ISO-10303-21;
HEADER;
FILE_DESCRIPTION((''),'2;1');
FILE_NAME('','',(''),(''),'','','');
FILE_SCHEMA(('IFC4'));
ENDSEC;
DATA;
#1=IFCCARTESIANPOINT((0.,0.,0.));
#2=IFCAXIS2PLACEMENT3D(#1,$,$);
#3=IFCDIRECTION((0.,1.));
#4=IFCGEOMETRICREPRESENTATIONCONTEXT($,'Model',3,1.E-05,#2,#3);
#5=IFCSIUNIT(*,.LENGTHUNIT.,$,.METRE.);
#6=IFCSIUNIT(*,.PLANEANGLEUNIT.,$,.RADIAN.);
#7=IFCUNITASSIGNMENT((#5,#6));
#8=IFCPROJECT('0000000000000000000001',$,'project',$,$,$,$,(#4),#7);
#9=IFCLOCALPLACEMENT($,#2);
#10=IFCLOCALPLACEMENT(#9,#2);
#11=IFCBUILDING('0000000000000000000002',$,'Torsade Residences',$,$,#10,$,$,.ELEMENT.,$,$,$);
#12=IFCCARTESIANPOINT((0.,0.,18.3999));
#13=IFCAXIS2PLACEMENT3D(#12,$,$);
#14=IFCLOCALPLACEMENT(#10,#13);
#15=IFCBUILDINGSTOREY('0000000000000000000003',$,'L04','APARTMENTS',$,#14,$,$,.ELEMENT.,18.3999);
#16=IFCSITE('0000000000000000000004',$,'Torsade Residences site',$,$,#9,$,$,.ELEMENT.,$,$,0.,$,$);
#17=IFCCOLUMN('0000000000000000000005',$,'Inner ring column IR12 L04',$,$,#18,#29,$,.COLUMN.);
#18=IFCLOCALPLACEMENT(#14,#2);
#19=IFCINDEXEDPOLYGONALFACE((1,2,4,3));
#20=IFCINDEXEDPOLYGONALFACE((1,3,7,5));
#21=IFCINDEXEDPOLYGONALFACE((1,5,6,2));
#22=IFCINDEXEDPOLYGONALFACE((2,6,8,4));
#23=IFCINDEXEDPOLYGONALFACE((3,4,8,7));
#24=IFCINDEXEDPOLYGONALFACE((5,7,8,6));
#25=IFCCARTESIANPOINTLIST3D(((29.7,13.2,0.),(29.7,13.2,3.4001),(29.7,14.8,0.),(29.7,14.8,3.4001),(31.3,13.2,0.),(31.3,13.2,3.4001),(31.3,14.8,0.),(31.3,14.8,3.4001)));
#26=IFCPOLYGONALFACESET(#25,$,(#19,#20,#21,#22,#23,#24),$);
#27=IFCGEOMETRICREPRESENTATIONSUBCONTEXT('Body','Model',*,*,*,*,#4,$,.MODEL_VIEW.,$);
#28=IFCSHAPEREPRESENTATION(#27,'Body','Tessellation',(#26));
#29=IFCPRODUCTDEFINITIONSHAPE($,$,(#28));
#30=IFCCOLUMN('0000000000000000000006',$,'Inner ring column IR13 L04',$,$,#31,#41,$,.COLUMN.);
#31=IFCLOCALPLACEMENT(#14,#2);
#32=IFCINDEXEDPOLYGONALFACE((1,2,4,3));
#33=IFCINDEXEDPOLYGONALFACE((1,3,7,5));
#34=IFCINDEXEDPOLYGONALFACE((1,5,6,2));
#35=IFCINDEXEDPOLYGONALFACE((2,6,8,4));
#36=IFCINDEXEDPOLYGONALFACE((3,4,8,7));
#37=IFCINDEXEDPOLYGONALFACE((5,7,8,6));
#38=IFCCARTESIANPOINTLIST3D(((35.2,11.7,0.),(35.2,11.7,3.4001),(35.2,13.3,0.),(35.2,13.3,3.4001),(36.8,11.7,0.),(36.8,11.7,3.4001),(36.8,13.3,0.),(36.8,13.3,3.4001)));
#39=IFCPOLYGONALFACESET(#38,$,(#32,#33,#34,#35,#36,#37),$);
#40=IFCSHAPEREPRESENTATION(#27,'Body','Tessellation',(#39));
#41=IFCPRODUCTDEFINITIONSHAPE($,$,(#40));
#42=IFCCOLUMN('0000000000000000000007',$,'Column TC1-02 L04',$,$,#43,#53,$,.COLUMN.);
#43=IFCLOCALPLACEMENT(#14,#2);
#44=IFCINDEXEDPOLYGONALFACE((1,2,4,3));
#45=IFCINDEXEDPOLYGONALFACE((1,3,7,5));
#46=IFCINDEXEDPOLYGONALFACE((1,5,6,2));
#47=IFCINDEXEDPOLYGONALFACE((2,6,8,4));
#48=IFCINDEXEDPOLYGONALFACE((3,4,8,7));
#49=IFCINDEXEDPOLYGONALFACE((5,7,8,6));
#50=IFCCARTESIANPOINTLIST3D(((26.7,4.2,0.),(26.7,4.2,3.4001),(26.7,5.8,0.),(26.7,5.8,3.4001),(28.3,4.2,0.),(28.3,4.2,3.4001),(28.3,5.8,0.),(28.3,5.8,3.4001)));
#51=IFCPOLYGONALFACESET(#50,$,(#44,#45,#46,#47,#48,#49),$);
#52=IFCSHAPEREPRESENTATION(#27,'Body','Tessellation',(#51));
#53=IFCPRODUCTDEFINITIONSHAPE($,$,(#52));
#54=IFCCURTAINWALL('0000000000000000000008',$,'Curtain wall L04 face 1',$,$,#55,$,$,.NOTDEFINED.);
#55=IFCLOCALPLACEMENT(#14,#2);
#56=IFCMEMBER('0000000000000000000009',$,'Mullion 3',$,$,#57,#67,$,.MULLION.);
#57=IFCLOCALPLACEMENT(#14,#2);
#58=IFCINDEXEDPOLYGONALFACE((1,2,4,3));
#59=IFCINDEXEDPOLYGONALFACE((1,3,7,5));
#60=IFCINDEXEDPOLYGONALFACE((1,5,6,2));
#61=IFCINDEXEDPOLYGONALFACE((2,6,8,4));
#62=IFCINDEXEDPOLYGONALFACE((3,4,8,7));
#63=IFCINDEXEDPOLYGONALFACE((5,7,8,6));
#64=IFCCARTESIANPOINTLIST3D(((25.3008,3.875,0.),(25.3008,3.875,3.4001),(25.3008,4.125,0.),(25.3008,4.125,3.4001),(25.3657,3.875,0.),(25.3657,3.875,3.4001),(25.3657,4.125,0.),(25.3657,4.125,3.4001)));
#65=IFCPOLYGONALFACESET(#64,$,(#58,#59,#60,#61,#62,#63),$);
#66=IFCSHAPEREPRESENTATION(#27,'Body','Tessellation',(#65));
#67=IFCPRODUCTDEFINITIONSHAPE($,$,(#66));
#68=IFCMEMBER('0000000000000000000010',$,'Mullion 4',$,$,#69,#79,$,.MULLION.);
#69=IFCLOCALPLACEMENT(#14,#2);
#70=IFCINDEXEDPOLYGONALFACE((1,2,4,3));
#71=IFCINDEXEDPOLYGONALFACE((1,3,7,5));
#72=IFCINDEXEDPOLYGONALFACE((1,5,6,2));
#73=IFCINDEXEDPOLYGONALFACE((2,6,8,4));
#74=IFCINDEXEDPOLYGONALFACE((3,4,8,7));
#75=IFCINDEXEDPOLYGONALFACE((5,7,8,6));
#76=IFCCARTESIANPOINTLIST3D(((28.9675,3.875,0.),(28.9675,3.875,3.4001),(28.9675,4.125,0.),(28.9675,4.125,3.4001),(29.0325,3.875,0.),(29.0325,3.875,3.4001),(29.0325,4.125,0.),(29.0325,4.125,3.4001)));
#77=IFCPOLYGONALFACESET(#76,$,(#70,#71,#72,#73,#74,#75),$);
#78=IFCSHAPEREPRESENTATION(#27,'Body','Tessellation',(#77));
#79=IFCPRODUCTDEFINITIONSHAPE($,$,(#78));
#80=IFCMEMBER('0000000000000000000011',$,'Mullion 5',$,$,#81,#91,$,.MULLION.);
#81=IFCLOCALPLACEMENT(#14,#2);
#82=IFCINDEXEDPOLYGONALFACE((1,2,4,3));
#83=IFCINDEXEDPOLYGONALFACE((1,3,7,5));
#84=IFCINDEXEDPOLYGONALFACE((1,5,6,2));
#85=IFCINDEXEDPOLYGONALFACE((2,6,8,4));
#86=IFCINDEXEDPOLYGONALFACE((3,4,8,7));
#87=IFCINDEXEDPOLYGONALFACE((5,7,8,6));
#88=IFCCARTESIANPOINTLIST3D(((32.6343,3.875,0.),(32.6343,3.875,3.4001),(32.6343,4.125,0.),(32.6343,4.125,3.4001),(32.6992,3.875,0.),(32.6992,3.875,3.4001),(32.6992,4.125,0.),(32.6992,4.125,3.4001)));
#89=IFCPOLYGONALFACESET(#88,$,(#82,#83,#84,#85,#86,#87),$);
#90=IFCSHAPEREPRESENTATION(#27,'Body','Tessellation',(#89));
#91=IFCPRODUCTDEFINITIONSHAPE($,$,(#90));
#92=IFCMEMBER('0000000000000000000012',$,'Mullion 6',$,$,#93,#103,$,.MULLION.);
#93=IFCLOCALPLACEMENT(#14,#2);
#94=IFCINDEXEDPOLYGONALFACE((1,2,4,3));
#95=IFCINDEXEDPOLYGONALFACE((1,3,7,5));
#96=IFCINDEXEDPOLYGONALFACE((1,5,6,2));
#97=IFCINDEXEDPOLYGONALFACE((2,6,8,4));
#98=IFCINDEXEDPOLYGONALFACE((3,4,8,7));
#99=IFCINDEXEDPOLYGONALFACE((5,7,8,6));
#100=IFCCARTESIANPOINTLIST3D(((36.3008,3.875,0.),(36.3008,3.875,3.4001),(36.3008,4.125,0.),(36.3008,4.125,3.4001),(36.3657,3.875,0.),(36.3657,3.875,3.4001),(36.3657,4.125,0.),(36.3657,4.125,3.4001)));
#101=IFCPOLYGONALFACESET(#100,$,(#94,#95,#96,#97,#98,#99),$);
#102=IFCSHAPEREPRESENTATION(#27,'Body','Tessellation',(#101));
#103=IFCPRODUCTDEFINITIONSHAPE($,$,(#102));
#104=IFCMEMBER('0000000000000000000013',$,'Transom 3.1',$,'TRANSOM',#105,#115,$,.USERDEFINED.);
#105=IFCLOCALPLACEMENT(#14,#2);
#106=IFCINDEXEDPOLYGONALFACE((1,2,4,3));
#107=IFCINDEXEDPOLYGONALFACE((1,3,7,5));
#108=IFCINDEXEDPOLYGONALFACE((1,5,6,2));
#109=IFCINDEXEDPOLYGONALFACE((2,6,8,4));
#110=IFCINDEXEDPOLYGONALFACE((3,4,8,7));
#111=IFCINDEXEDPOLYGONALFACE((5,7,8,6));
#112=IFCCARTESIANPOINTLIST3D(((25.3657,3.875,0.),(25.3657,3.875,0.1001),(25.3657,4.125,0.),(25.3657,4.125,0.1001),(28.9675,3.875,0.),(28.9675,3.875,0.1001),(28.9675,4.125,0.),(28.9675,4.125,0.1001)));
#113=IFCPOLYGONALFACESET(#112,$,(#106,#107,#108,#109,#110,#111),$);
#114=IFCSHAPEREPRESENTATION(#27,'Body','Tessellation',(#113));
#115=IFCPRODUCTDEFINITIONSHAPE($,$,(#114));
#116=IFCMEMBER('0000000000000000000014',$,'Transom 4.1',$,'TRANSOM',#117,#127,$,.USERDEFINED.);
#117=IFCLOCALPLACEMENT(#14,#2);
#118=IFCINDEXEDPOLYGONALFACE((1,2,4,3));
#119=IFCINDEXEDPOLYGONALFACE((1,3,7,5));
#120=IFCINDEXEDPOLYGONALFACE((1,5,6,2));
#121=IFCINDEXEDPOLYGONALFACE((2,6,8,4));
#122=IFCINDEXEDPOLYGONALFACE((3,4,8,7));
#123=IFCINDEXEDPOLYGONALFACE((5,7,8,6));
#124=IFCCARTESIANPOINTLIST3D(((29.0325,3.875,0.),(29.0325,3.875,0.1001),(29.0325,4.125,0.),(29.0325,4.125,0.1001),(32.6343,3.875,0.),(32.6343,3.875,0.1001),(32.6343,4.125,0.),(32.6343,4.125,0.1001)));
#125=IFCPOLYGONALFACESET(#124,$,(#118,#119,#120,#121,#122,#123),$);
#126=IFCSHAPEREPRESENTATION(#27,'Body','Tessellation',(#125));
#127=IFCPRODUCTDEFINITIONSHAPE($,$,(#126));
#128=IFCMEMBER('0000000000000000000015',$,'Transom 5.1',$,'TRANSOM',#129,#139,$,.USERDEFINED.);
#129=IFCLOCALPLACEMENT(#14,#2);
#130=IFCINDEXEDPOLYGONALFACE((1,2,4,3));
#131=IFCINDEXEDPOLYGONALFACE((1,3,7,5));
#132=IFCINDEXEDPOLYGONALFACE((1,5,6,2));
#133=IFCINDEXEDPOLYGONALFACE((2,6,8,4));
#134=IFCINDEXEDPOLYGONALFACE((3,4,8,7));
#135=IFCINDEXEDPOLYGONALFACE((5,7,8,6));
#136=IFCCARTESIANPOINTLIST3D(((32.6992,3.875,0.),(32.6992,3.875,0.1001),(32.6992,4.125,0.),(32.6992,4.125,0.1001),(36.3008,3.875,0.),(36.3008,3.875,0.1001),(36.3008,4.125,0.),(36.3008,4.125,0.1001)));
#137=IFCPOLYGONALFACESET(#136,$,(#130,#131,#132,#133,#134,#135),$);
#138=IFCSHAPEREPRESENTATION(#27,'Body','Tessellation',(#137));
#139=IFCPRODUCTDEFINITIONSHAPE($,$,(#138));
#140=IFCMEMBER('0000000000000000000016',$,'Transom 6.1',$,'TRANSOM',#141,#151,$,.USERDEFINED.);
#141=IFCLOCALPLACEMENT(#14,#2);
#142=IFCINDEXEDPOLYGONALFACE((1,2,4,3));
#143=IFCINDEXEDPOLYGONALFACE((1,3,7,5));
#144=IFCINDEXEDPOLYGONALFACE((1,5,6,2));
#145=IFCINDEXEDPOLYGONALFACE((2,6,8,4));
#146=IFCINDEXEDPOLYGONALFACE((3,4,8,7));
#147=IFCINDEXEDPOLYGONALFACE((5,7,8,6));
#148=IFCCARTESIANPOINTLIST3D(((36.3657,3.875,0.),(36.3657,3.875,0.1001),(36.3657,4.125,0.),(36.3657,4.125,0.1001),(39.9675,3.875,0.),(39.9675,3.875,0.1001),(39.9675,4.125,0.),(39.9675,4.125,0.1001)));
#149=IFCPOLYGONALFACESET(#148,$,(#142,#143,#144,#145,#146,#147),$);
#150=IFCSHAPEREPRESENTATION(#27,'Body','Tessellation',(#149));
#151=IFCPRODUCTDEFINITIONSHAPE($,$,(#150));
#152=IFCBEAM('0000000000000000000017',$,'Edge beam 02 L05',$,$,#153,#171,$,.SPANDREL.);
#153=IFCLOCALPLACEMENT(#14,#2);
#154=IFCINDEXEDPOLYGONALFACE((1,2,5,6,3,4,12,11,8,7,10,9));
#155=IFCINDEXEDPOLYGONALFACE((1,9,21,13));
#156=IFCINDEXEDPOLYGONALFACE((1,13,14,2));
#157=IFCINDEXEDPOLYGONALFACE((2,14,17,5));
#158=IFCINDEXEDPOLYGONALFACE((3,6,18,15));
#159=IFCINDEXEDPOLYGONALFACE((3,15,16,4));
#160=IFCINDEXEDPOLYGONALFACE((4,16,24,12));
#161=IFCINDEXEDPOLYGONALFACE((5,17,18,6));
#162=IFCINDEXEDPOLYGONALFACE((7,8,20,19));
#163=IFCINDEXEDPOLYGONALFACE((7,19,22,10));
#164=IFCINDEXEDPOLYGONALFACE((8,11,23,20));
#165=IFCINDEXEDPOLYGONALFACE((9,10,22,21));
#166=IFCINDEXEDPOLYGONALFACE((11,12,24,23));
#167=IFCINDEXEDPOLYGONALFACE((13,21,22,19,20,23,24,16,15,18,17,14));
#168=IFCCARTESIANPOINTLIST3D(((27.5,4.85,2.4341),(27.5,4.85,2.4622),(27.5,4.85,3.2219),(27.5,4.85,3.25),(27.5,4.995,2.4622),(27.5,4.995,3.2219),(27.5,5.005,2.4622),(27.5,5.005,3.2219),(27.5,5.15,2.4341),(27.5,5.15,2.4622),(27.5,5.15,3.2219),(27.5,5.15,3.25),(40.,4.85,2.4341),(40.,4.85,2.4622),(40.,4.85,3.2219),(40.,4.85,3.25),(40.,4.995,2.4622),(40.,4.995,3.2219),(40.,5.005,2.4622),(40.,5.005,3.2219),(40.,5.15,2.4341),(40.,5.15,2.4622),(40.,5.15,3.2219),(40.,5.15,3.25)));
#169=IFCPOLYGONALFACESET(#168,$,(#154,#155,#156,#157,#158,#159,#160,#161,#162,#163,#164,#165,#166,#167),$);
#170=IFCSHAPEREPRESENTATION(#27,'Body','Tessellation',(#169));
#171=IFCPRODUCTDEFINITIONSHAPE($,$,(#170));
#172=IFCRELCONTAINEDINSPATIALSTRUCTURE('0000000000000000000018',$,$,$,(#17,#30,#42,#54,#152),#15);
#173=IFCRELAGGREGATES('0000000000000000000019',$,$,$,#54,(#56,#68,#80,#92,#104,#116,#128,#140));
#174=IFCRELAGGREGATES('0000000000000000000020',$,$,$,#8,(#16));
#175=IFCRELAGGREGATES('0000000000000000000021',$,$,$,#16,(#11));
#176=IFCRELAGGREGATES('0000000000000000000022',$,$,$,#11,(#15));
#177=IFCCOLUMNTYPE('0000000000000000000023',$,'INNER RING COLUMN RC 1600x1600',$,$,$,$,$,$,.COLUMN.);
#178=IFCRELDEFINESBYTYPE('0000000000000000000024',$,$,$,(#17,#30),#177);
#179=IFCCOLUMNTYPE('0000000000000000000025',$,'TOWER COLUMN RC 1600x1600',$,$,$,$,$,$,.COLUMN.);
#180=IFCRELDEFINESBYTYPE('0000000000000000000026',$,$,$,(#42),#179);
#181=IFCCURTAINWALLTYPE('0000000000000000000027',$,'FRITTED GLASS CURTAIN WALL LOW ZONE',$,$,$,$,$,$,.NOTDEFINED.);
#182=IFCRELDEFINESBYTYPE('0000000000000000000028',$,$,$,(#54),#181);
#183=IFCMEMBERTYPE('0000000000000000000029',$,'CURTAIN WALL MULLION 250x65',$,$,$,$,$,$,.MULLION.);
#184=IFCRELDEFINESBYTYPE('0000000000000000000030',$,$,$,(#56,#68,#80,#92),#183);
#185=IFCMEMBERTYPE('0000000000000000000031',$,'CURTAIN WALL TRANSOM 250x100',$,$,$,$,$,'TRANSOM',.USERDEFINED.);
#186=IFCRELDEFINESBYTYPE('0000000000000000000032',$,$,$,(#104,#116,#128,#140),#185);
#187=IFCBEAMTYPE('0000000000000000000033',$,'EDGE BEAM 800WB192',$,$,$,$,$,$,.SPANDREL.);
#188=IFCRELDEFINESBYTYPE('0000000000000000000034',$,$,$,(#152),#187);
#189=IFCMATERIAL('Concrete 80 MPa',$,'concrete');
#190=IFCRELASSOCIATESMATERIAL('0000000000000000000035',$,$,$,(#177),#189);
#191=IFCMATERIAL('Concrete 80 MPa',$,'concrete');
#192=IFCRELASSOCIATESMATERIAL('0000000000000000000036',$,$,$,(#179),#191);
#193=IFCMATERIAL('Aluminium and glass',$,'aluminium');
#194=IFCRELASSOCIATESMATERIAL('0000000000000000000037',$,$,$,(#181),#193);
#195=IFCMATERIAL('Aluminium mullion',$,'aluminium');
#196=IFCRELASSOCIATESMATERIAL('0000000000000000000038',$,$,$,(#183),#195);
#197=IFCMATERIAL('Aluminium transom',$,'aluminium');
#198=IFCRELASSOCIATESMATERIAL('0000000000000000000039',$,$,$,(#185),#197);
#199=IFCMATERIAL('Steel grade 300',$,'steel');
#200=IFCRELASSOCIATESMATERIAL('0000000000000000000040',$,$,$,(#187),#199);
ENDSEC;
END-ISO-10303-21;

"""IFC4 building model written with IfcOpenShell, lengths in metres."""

from ifc_helpers import new_model, si_unit, direction, frame, origin, origin_2d, place, context, subcontext, project, spatial, rectangle, i_section, extrude, material, material_profile, profile_set, type_object, element, aggregate, save


model = new_model("IFC4")

# Units and contexts
model_context = context("Model", 3, precision=1e-05, world=origin(), true_north=direction((0.0, 1.0)))
body_context = subcontext(model_context, "Body", "Model", "MODEL_VIEW")
ifc_project = project(units=[si_unit("LENGTHUNIT", "METRE"), si_unit("PLANEANGLEUNIT", "RADIAN")], contexts=[model_context])

# Site, building, storey
site_placement = place(None, origin())
site = spatial("IfcSite", under=ifc_project, at=site_placement, Name="Torsade Residences site", CompositionType="ELEMENT", RefElevation=0.0)
building_placement = place(site_placement, origin())
building = spatial("IfcBuilding", under=site, at=building_placement, Name="Torsade Residences", CompositionType="ELEMENT")
storey_placement = place(building_placement, frame((0.0, 0.0, 18.3999)))
storey = spatial("IfcBuildingStorey", under=building, at=storey_placement, Name="L04", Description="APARTMENTS", CompositionType="ELEMENT", Elevation=18.3999)

# Columns
ifc_material_1 = material(Name="Concrete 80 MPa", Category="concrete")
ifc_material_profile_1 = material_profile(ifc_material_1, rectangle(XDim=1.6001, YDim=1.6001, at=origin_2d()), Name="RC 1600x1600")
ifc_profile_set_1 = profile_set([ifc_material_profile_1], Name="Concrete 80 MPa")
column_type_1 = type_object("IfcColumnType", Name="INNER RING COLUMN RC 1600x1600", PredefinedType="COLUMN", material=ifc_profile_set_1)
for number, where, z_axis, x_axis, name in (
    (1, (30.5, 14.0, 0.0), (0.0, 0.0, 1.0), (1.0, 0.0, 0.0), "Inner ring column IR12 L04"),
    (2, (36.0, 12.5, 0.0), (0.0, 0.0, 1.0), (1.0, 0.0, 0.0), "Inner ring column IR13 L04"),
):
    element("IfcColumn", number, at=place(storey_placement, frame(where, z_axis=z_axis, x_axis=x_axis)), inside=storey, type_object=column_type_1, Name=name, PredefinedType="COLUMN", context=body_context, shape_type="SweptSolid", body=[
        extrude(rectangle(XDim=1.6001, YDim=1.6001, at=origin_2d()), origin(), (0.0, 0.0, 1.0), 3.4001),
    ])
ifc_material_2 = material(Name="Concrete 80 MPa", Category="concrete")
ifc_material_profile_2 = material_profile(ifc_material_2, rectangle(XDim=1.6001, YDim=1.6001, at=origin_2d()), Name="RC 1600x1600")
ifc_profile_set_2 = profile_set([ifc_material_profile_2], Name="Concrete 80 MPa")
column_type_2 = type_object("IfcColumnType", Name="TOWER COLUMN RC 1600x1600", PredefinedType="COLUMN", material=ifc_profile_set_2)
column_placement = place(storey_placement, frame((27.5, 5.0, 0.0), z_axis=(0.0, 0.0, 1.0), x_axis=(1.0, 0.0, 0.0)))
element("IfcColumn", 3, at=column_placement, inside=storey, type_object=column_type_2, Name="Column TC1-02 L04", PredefinedType="COLUMN", context=body_context, shape_type="SweptSolid", body=[
    extrude(rectangle(XDim=1.6001, YDim=1.6001, at=origin_2d()), origin(), (0.0, 0.0, 1.0), 3.4001),
])

# Curtain wall, members
ifc_material_3 = material(Name="Aluminium and glass", Category="aluminium")
curtain_wall_type = type_object("IfcCurtainWallType", Name="FRITTED GLASS CURTAIN WALL LOW ZONE", PredefinedType="NOTDEFINED", material=ifc_material_3)
curtain_wall_placement = place(storey_placement, origin())
curtain_wall = element("IfcCurtainWall", 4, at=curtain_wall_placement, inside=storey, type_object=curtain_wall_type, Name="Curtain wall L04 face 1", PredefinedType="NOTDEFINED")
ifc_material_4 = material(Name="Aluminium mullion", Category="aluminium")
ifc_material_profile_3 = material_profile(ifc_material_4, rectangle(XDim=0.25, YDim=0.0649, at=origin_2d()), Name="CURTAIN WALL MULLION 250x65")
ifc_profile_set_3 = profile_set([ifc_material_profile_3], Name="Aluminium mullion")
member_type_1 = type_object("IfcMemberType", Name="CURTAIN WALL MULLION 250x65", PredefinedType="MULLION", material=ifc_profile_set_3)
member_1_placement = place(storey_placement, frame((25.3333, 4.0, 0.0), z_axis=(0.0, 0.0, 1.0), x_axis=(0.0, 1.0, 0.0)))
member_1 = element("IfcMember", 5, at=member_1_placement, type_object=member_type_1, Name="Mullion 3", PredefinedType="MULLION", context=body_context, shape_type="SweptSolid", body=[
    extrude(rectangle(XDim=0.25, YDim=0.0649, at=origin_2d()), origin(), (0.0, 0.0, 1.0), 3.4001),
])
member_2_placement = place(storey_placement, frame((29.0, 4.0, 0.0), z_axis=(0.0, 0.0, 1.0), x_axis=(0.0, 1.0, 0.0)))
member_2 = element("IfcMember", 6, at=member_2_placement, type_object=member_type_1, Name="Mullion 4", PredefinedType="MULLION", context=body_context, shape_type="SweptSolid", body=[
    extrude(rectangle(XDim=0.25, YDim=0.0649, at=origin_2d()), origin(), (0.0, 0.0, 1.0), 3.4001),
])
member_3_placement = place(storey_placement, frame((32.6667, 4.0, 0.0), z_axis=(0.0, 0.0, 1.0), x_axis=(0.0, 1.0, 0.0)))
member_3 = element("IfcMember", 7, at=member_3_placement, type_object=member_type_1, Name="Mullion 5", PredefinedType="MULLION", context=body_context, shape_type="SweptSolid", body=[
    extrude(rectangle(XDim=0.25, YDim=0.0649, at=origin_2d()), origin(), (0.0, 0.0, 1.0), 3.4001),
])
member_4_placement = place(storey_placement, frame((36.3333, 4.0, 0.0), z_axis=(0.0, 0.0, 1.0), x_axis=(0.0, 1.0, 0.0)))
member_4 = element("IfcMember", 8, at=member_4_placement, type_object=member_type_1, Name="Mullion 6", PredefinedType="MULLION", context=body_context, shape_type="SweptSolid", body=[
    extrude(rectangle(XDim=0.25, YDim=0.0649, at=origin_2d()), origin(), (0.0, 0.0, 1.0), 3.4001),
])
ifc_material_5 = material(Name="Aluminium transom", Category="aluminium")
ifc_material_profile_4 = material_profile(ifc_material_5, rectangle(XDim=0.25, YDim=0.1001, at=origin_2d()), Name="CURTAIN WALL TRANSOM 250x100")
ifc_profile_set_4 = profile_set([ifc_material_profile_4], Name="Aluminium transom")
member_type_2 = type_object("IfcMemberType", Name="CURTAIN WALL TRANSOM 250x100", ElementType="TRANSOM", PredefinedType="USERDEFINED", material=ifc_profile_set_4)
member_5_placement = place(storey_placement, frame((25.3657, 4.0, 0.05), z_axis=(1.0, 0.0, 0.0), x_axis=(0.0, 1.0, 0.0)))
member_5 = element("IfcMember", 9, at=member_5_placement, type_object=member_type_2, Name="Transom 3.1", ObjectType="TRANSOM", PredefinedType="USERDEFINED", context=body_context, shape_type="SweptSolid", body=[
    extrude(rectangle(XDim=0.25, YDim=0.1001, at=origin_2d()), origin(), (0.0, 0.0, 1.0), 3.6018),
])
member_6_placement = place(storey_placement, frame((29.0325, 4.0, 0.05), z_axis=(1.0, 0.0, 0.0), x_axis=(0.0, 1.0, 0.0)))
member_6 = element("IfcMember", 10, at=member_6_placement, type_object=member_type_2, Name="Transom 4.1", ObjectType="TRANSOM", PredefinedType="USERDEFINED", context=body_context, shape_type="SweptSolid", body=[
    extrude(rectangle(XDim=0.25, YDim=0.1001, at=origin_2d()), origin(), (0.0, 0.0, 1.0), 3.6018),
])
member_7_placement = place(storey_placement, frame((32.6992, 4.0, 0.05), z_axis=(1.0, 0.0, 0.0), x_axis=(0.0, 1.0, 0.0)))
member_7 = element("IfcMember", 11, at=member_7_placement, type_object=member_type_2, Name="Transom 5.1", ObjectType="TRANSOM", PredefinedType="USERDEFINED", context=body_context, shape_type="SweptSolid", body=[
    extrude(rectangle(XDim=0.25, YDim=0.1001, at=origin_2d()), origin(), (0.0, 0.0, 1.0), 3.6016),
])
member_8_placement = place(storey_placement, frame((36.3657, 4.0, 0.05), z_axis=(1.0, 0.0, 0.0), x_axis=(0.0, 1.0, 0.0)))
member_8 = element("IfcMember", 12, at=member_8_placement, type_object=member_type_2, Name="Transom 6.1", ObjectType="TRANSOM", PredefinedType="USERDEFINED", context=body_context, shape_type="SweptSolid", body=[
    extrude(rectangle(XDim=0.25, YDim=0.1001, at=origin_2d()), origin(), (0.0, 0.0, 1.0), 3.6018),
])

# Beam
ifc_material_6 = material(Name="Steel grade 300", Category="steel")
ifc_material_profile_5 = material_profile(ifc_material_6, i_section(OverallWidth=0.3, OverallDepth=0.8159, WebThickness=0.01, FlangeThickness=0.0281, at=origin_2d()), Name="800WB192")
ifc_profile_set_5 = profile_set([ifc_material_profile_5], Name="Steel grade 300")
beam_type_1 = type_object("IfcBeamType", Name="EDGE BEAM 800WB192", PredefinedType="SPANDREL", material=ifc_profile_set_5)
beam_1_placement = place(storey_placement, frame((27.5, 5.0, 2.842), z_axis=(1.0, 0.0, 0.0), x_axis=(0.0, 1.0, 0.0)))
element("IfcBeam", 13, at=beam_1_placement, inside=storey, type_object=beam_type_1, Name="Edge beam 02 L05", PredefinedType="SPANDREL", context=body_context, shape_type="SweptSolid", body=[
    extrude(i_section(OverallWidth=0.3, OverallDepth=0.8159, WebThickness=0.01, FlangeThickness=0.0281, at=origin_2d()), origin(), (0.0, 0.0, 1.0), 12.5),
])

aggregate(curtain_wall, [member_1, member_2, member_3, member_4, member_5, member_6, member_7, member_8])

save(model, "model.ifc")
